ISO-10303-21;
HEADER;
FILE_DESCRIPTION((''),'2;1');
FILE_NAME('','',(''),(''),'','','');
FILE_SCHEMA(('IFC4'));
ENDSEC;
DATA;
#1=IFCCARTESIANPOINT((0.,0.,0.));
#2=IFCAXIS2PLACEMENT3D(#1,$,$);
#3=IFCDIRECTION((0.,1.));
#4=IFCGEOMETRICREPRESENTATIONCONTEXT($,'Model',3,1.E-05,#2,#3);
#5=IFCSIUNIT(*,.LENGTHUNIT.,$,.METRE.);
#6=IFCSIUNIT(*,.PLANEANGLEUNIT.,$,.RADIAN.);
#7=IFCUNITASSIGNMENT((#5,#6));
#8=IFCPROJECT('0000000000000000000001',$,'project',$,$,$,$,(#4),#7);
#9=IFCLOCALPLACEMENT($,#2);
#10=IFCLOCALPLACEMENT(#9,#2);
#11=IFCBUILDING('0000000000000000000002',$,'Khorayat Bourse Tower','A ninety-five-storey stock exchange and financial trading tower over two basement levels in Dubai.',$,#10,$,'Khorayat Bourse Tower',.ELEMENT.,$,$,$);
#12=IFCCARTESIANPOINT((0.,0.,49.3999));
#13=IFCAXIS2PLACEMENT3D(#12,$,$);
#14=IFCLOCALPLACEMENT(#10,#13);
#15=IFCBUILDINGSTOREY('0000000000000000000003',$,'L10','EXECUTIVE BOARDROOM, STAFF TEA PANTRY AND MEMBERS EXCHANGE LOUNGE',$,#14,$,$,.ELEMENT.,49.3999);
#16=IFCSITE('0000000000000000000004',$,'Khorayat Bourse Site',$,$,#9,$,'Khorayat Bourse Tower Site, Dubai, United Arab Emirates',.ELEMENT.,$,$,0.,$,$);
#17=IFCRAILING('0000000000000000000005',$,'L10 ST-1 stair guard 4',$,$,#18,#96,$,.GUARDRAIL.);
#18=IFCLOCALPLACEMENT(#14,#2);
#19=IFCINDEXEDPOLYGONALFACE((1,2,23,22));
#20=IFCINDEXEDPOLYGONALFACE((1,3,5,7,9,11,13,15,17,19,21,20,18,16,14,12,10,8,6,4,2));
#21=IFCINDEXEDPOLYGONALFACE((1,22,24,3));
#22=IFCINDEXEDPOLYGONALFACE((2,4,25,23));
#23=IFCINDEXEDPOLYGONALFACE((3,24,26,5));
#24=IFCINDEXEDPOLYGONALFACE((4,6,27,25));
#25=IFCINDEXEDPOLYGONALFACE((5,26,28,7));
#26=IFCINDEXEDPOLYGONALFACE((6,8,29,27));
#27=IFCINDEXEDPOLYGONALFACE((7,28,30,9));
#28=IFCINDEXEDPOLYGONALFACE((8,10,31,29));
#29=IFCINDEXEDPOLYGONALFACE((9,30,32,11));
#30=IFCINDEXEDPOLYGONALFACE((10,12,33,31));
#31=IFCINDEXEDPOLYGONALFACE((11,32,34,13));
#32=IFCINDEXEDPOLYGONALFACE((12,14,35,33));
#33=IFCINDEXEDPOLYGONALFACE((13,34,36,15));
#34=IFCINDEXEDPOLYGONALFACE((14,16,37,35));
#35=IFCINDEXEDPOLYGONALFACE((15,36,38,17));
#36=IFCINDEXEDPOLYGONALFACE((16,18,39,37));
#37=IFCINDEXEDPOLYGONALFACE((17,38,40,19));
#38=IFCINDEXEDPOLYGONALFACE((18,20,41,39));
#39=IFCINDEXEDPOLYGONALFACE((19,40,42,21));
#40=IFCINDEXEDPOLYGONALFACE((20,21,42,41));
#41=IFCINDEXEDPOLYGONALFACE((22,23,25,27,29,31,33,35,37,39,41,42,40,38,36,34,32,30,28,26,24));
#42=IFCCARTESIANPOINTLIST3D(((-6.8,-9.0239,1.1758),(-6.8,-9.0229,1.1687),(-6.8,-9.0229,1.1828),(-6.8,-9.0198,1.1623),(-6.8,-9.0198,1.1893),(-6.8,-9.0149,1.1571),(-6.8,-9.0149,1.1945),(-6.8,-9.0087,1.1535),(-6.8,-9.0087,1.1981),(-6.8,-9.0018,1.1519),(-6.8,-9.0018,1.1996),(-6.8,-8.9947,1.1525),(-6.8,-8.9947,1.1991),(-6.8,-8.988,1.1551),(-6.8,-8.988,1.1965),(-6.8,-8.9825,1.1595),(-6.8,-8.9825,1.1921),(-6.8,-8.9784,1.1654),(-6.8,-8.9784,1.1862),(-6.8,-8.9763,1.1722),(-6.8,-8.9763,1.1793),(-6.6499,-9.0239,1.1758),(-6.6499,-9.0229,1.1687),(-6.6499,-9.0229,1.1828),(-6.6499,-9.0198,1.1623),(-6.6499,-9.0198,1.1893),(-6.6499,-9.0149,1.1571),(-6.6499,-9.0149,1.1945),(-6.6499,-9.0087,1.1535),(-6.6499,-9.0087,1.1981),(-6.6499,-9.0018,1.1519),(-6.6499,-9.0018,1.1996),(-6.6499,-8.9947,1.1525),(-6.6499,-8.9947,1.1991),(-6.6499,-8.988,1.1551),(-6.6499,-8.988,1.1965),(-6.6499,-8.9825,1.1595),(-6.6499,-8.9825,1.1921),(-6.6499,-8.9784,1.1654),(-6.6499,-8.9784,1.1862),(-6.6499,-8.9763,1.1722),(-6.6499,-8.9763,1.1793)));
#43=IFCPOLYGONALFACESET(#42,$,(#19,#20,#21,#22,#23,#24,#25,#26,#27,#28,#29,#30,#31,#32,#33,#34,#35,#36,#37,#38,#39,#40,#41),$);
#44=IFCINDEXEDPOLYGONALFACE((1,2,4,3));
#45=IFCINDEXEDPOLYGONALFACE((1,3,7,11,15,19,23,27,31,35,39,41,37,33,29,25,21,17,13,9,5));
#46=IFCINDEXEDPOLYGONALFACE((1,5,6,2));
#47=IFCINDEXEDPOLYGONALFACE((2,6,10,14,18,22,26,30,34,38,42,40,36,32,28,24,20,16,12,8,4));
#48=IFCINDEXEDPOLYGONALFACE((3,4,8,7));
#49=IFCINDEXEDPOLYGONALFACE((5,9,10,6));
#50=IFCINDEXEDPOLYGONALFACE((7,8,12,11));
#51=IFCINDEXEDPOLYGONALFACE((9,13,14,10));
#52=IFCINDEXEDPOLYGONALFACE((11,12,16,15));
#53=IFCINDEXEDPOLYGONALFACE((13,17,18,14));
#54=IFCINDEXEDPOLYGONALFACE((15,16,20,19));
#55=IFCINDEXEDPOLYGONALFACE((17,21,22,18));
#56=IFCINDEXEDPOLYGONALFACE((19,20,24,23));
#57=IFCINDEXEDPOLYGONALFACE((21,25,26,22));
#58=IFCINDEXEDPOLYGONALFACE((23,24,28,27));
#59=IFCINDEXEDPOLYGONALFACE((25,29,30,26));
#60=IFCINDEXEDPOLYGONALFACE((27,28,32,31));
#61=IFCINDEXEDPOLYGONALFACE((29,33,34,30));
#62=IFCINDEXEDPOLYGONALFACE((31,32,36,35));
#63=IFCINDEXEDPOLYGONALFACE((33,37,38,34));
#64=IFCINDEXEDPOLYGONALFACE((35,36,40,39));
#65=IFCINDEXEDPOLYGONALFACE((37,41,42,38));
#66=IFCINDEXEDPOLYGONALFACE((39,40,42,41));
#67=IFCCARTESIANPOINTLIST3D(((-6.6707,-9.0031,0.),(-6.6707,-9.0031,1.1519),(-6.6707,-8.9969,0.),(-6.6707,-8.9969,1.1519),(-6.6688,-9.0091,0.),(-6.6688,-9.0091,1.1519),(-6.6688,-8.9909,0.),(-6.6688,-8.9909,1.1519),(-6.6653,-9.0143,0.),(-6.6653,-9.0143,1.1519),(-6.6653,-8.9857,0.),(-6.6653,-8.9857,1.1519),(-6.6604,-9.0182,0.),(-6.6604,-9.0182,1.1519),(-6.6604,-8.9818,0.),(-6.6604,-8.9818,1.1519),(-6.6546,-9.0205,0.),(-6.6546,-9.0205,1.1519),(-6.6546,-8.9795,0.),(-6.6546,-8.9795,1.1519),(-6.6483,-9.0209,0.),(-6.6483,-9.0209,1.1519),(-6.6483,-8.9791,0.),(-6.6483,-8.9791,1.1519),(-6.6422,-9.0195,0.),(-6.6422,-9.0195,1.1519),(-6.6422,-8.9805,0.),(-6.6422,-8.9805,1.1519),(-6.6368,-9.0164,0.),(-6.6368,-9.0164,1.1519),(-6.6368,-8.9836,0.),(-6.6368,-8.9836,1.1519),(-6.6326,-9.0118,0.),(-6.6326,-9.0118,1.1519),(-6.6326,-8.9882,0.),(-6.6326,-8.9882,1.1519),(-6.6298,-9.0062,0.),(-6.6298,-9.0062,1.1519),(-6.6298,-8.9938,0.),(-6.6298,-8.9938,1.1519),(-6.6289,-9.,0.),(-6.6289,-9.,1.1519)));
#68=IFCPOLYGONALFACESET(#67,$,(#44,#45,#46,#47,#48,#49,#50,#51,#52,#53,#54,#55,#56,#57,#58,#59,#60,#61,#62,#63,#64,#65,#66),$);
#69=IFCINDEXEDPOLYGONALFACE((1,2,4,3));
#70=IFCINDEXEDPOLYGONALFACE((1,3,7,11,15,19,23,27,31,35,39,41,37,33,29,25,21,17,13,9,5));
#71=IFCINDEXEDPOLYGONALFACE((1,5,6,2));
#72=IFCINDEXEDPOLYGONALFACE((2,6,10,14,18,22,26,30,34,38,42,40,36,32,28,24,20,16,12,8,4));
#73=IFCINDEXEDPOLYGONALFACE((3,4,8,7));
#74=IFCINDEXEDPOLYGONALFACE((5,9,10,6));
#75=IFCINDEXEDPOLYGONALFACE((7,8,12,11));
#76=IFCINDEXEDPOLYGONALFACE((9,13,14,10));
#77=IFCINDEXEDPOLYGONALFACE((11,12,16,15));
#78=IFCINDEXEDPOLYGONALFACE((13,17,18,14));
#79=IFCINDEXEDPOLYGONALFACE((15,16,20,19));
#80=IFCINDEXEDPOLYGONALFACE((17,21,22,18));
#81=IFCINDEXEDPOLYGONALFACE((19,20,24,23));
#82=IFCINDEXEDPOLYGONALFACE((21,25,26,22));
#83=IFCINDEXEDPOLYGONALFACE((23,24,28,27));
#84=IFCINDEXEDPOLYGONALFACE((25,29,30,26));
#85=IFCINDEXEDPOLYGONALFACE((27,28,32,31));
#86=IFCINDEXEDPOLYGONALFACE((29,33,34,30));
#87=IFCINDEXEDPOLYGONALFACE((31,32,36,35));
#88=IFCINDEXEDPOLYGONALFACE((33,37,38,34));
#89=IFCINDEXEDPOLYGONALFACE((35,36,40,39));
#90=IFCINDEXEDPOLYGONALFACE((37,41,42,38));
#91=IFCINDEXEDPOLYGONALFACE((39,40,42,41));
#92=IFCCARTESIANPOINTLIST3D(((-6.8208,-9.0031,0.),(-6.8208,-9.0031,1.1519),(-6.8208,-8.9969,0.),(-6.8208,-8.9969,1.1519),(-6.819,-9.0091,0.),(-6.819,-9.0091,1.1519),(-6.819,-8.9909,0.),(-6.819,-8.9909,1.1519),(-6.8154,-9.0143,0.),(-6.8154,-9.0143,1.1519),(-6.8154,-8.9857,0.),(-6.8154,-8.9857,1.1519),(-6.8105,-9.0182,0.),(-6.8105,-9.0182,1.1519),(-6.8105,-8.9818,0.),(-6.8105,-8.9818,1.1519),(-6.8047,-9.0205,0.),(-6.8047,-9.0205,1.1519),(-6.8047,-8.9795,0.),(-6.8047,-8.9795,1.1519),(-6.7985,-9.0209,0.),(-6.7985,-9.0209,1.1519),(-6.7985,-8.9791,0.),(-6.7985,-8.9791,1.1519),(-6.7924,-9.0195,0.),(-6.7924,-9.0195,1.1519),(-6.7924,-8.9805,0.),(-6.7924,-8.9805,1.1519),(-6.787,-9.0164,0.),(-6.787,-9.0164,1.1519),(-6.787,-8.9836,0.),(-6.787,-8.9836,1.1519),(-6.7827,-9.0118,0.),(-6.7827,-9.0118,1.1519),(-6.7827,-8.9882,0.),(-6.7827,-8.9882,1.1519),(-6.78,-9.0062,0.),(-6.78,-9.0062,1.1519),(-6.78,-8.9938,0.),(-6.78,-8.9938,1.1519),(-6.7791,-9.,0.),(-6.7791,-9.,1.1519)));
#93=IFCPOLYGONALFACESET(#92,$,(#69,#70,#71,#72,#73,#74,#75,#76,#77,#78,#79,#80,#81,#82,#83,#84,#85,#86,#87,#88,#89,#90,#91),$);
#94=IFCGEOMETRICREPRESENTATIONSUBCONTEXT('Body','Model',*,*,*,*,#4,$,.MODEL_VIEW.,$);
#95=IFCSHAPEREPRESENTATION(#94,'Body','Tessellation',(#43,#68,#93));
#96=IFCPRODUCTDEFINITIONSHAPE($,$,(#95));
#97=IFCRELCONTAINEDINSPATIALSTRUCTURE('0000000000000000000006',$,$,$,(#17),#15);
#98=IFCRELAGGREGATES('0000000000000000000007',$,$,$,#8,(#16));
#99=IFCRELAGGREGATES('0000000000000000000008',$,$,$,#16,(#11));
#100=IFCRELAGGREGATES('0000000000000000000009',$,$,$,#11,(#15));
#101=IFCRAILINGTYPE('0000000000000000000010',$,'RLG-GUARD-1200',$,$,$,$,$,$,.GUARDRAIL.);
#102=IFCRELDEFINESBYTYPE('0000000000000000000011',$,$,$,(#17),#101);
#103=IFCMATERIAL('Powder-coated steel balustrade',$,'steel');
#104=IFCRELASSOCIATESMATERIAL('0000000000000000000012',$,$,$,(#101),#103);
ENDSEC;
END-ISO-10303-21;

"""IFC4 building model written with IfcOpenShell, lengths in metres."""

from ifc_helpers import new_model, si_unit, direction, frame, origin, origin_2d, place, context, subcontext, project, spatial, circle, extrude, source, transform, mapped, material, type_object, element, save


model = new_model("IFC4")

# Units and contexts
model_context = context("Model", 3, precision=1e-05, world=origin(), true_north=direction((0.0, 1.0)))
body_context = subcontext(model_context, "Body", "Model", "MODEL_VIEW")
ifc_project = project(units=[si_unit("LENGTHUNIT", "METRE"), si_unit("PLANEANGLEUNIT", "RADIAN")], contexts=[model_context])

# Site, building, storey
site_placement = place(None, origin())
site = spatial("IfcSite", under=ifc_project, at=site_placement, Name="Khorayat Bourse Site", LongName="Khorayat Bourse Tower Site, Dubai, United Arab Emirates", CompositionType="ELEMENT", RefElevation=0.0)
building_placement = place(site_placement, origin())
building = spatial("IfcBuilding", under=site, at=building_placement, Name="Khorayat Bourse Tower", Description="A ninety-five-storey stock exchange and financial trading tower over two basement levels in Dubai.", LongName="Khorayat Bourse Tower", CompositionType="ELEMENT")
storey_placement = place(building_placement, frame((0.0, 0.0, 49.3999)))
storey = spatial("IfcBuildingStorey", under=building, at=storey_placement, Name="L10", Description="EXECUTIVE BOARDROOM, STAFF TEA PANTRY AND MEMBERS EXCHANGE LOUNGE", CompositionType="ELEMENT", Elevation=49.3999)

# Railing
ifc_material_1 = material(Name="Powder-coated steel balustrade", Category="steel")
railing_type_1 = type_object("IfcRailingType", Name="RLG-GUARD-1200", PredefinedType="GUARDRAIL", material=ifc_material_1)
shared_shape_1 = source(origin(), body_context, "Body", "SweptSolid", [
    extrude(circle(Radius=0.0239, at=origin_2d()), frame((0.0, 0.0, 1.1758), z_axis=(-1.0, 0.0, 0.0), x_axis=(0.0, -1.0, 0.0)), (0.0, 0.0, 1.0), 0.1501),
    extrude(circle(Radius=0.021, at=origin_2d()), origin(), (0.0, 0.0, 1.0), 1.1519),
    extrude(circle(Radius=0.021, at=origin_2d()), frame((-0.1501, 0.0, 0.0)), (0.0, 0.0, 1.0), 1.1519),
])
for number, where, name in (
    (1, (-6.6499, -9.0, 0.0), "L10 ST-1 stair guard 4"),
):
    element("IfcRailing", number, at=place(storey_placement, frame(where)), inside=storey, type_object=railing_type_1, Name=name, PredefinedType="GUARDRAIL", context=body_context, shape_type="MappedRepresentation", body=[
        mapped(shared_shape_1, transform((0.0, 0.0, 0.0), scale=1.0)),
    ])

save(model, "model.ifc")
